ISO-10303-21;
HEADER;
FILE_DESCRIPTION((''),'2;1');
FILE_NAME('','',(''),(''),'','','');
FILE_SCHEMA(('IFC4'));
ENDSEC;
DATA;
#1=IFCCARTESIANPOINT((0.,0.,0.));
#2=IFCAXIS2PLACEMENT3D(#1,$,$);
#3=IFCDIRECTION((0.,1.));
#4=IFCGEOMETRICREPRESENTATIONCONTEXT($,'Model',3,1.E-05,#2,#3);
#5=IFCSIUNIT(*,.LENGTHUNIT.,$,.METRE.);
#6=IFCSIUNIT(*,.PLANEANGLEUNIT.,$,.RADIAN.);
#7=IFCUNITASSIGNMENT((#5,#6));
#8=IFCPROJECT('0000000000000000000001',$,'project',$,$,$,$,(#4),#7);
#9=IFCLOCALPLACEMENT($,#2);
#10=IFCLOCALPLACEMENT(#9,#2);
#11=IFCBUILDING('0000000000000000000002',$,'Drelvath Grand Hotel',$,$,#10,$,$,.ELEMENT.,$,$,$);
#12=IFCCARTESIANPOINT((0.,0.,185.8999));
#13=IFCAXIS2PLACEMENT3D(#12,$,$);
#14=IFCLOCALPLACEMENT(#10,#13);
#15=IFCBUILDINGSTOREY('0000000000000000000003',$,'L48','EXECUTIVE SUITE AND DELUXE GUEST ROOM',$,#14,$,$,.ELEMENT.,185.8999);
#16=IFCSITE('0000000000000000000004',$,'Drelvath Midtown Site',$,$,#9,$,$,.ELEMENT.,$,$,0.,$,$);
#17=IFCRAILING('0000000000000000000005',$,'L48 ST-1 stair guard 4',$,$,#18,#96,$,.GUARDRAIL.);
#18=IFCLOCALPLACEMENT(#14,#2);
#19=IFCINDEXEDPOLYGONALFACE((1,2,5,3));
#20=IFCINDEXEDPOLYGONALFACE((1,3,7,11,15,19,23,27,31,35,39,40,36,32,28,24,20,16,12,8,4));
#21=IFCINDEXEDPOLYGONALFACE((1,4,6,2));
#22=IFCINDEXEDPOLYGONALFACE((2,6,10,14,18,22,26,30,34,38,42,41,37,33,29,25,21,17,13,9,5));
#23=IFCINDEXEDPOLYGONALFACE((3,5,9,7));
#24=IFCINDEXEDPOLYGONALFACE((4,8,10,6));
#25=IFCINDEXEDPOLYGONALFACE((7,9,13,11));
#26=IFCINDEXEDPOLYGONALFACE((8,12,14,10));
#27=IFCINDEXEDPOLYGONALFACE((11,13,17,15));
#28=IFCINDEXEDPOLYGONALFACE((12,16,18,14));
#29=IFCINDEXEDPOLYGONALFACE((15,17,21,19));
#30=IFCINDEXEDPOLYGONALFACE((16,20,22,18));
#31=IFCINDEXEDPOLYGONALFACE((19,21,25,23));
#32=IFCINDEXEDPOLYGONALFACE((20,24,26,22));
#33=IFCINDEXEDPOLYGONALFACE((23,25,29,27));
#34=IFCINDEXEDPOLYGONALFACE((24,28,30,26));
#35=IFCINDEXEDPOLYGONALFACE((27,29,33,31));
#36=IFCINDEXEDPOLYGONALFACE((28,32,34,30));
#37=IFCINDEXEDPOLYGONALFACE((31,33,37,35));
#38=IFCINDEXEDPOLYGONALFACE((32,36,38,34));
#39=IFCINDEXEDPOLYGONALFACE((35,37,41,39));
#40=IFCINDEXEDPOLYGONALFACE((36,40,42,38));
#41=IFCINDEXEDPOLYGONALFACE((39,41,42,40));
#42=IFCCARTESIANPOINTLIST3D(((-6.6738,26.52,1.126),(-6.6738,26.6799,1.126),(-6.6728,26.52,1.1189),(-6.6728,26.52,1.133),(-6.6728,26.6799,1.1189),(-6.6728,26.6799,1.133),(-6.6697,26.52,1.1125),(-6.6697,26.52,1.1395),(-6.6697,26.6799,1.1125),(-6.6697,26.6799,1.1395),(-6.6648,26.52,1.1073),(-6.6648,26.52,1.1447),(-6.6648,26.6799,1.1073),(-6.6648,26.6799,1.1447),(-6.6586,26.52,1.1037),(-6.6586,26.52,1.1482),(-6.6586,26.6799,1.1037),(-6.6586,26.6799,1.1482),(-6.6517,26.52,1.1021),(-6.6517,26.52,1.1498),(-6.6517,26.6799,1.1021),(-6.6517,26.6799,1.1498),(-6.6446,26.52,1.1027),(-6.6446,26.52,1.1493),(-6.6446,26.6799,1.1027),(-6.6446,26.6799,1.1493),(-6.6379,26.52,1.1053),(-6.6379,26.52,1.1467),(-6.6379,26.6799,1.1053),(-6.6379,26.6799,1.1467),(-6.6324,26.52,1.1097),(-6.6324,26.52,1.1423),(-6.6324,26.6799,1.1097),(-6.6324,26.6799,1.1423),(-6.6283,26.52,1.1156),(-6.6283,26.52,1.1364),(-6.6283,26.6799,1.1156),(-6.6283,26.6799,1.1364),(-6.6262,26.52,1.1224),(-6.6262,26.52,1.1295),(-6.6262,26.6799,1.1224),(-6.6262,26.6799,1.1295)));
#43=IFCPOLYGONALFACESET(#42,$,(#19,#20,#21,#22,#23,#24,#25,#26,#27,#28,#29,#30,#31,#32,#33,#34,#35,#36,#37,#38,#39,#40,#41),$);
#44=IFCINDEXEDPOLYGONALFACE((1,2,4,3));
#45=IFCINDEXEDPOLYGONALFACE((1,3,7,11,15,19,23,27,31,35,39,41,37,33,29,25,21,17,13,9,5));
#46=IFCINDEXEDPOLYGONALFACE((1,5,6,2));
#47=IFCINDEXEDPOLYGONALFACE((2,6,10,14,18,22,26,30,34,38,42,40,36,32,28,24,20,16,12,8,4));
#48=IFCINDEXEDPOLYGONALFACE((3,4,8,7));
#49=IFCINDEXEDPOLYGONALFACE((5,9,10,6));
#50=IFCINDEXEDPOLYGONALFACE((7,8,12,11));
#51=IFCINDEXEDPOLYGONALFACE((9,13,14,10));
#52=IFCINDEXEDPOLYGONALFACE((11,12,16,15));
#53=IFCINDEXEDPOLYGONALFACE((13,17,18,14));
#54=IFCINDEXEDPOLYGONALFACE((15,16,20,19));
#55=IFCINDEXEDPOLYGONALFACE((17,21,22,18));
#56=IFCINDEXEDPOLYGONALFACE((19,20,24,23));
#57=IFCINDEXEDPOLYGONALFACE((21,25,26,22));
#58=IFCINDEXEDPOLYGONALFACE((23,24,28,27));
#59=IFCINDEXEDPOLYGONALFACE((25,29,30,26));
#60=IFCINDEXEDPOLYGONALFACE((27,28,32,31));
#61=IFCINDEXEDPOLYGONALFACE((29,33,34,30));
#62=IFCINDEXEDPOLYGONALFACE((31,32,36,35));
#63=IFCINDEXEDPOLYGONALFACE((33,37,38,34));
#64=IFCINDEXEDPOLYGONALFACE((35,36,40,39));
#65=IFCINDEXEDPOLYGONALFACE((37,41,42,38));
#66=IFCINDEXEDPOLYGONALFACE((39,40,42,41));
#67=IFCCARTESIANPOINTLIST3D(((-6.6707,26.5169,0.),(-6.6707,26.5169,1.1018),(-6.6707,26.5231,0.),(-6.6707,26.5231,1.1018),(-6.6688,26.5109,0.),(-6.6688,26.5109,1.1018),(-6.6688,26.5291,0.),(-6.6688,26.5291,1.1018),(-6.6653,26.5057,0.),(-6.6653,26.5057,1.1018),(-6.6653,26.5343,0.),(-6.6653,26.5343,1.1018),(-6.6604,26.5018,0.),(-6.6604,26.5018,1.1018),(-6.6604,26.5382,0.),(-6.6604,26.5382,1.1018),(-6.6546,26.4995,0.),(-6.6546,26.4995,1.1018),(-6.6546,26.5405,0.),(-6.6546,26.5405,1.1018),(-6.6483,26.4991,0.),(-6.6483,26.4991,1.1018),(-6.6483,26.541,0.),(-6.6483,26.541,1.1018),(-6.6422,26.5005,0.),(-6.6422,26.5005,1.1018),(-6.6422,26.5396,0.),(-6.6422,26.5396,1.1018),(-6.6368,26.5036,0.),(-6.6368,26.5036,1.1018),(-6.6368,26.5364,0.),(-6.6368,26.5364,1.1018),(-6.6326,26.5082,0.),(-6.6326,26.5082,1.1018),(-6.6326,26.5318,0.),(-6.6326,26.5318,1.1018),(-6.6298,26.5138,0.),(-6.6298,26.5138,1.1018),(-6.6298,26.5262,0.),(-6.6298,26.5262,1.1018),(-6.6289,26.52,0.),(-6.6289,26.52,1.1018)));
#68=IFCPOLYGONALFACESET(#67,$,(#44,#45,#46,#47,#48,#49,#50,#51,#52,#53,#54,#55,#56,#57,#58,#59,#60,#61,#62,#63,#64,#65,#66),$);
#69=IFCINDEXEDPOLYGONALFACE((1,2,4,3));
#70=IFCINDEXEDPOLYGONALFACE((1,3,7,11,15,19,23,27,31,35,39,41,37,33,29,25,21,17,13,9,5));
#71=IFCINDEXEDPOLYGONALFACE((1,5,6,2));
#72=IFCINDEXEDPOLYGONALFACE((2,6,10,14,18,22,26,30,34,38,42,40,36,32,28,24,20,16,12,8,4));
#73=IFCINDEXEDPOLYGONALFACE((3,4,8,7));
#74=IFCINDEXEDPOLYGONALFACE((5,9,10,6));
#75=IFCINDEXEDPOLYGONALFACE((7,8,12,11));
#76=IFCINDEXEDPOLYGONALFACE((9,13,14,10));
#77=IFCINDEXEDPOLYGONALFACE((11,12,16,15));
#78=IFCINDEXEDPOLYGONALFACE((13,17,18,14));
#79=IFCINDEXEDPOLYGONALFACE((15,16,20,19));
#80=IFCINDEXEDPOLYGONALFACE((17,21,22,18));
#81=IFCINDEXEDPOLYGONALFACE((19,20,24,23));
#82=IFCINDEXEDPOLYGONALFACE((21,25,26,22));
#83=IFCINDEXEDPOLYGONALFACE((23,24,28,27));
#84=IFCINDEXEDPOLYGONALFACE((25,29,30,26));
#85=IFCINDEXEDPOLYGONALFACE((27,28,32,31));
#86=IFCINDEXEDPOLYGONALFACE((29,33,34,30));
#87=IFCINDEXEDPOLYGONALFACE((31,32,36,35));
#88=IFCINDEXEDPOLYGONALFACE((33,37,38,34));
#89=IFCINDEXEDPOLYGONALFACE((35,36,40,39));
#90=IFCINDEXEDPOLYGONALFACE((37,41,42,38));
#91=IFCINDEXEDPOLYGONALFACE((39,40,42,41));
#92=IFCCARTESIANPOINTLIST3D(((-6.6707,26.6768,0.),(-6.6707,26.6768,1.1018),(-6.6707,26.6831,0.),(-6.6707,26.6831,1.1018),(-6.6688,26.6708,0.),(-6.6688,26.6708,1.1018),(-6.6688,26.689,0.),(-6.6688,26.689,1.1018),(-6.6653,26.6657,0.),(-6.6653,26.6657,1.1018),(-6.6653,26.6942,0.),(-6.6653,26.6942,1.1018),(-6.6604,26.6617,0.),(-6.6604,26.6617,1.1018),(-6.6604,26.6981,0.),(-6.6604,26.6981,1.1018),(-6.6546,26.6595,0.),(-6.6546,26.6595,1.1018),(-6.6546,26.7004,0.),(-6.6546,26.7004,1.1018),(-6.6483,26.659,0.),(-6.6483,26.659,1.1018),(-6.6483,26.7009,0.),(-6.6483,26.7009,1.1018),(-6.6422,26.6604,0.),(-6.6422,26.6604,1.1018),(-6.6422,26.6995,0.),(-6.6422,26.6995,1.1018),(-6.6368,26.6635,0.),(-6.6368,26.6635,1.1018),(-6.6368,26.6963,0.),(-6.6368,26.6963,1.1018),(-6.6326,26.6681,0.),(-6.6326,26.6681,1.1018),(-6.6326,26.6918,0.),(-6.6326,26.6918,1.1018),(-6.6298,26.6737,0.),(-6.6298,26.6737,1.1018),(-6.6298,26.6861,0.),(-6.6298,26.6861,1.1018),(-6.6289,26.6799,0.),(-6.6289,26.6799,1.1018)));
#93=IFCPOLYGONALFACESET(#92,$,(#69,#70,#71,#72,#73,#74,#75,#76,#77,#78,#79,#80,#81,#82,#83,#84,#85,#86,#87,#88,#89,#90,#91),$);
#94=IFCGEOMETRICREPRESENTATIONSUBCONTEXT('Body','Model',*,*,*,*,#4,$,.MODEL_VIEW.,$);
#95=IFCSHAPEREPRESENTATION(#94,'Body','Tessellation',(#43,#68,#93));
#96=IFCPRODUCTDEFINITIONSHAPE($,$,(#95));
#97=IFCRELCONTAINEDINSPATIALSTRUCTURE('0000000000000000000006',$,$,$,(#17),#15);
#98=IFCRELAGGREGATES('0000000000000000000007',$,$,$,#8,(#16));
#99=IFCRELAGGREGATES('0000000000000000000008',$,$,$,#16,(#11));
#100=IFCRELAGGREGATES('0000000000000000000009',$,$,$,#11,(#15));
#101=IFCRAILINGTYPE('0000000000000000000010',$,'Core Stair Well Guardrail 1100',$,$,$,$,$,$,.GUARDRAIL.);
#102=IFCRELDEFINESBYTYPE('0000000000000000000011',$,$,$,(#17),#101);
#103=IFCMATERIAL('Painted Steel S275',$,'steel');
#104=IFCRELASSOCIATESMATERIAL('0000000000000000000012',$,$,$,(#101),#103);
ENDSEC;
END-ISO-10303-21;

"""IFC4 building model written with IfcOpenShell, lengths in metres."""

from ifc_helpers import new_model, si_unit, direction, frame, origin, origin_2d, place, context, subcontext, project, spatial, circle, extrude, material, type_object, element, save


model = new_model("IFC4")

# Units and contexts
model_context = context("Model", 3, precision=1e-05, world=origin(), true_north=direction((0.0, 1.0)))
body_context = subcontext(model_context, "Body", "Model", "MODEL_VIEW")
ifc_project = project(units=[si_unit("LENGTHUNIT", "METRE"), si_unit("PLANEANGLEUNIT", "RADIAN")], contexts=[model_context])

# Site, building, storey
site_placement = place(None, origin())
site = spatial("IfcSite", under=ifc_project, at=site_placement, Name="Drelvath Midtown Site", CompositionType="ELEMENT", RefElevation=0.0)
building_placement = place(site_placement, origin())
building = spatial("IfcBuilding", under=site, at=building_placement, Name="Drelvath Grand Hotel", CompositionType="ELEMENT")
storey_placement = place(building_placement, frame((0.0, 0.0, 185.8999)))
storey = spatial("IfcBuildingStorey", under=building, at=storey_placement, Name="L48", Description="EXECUTIVE SUITE AND DELUXE GUEST ROOM", CompositionType="ELEMENT", Elevation=185.8999)

# Shared definitions
ifc_material_1 = material(Name="Painted Steel S275", Category="steel")

# Railing
railing_type_1 = type_object("IfcRailingType", Name="Core Stair Well Guardrail 1100", PredefinedType="GUARDRAIL", material=ifc_material_1)
railing_1_placement = place(storey_placement, frame((-6.6499, 26.52, 0.0)))
element("IfcRailing", 1, at=railing_1_placement, inside=storey, type_object=railing_type_1, Name="L48 ST-1 stair guard 4", PredefinedType="GUARDRAIL", context=body_context, shape_type="SweptSolid", body=[
    extrude(circle(Radius=0.0239, at=origin_2d()), frame((0.0, 0.0, 1.126), z_axis=(0.0, 1.0, 0.0), x_axis=(-1.0, 0.0, 0.0)), (0.0, 0.0, 1.0), 0.1599),
    extrude(circle(Radius=0.021, at=origin_2d()), origin(), (0.0, 0.0, 1.0), 1.1018),
    extrude(circle(Radius=0.021, at=origin_2d()), frame((0.0, 0.1599, 0.0)), (0.0, 0.0, 1.0), 1.1018),
])

save(model, "model.ifc")
